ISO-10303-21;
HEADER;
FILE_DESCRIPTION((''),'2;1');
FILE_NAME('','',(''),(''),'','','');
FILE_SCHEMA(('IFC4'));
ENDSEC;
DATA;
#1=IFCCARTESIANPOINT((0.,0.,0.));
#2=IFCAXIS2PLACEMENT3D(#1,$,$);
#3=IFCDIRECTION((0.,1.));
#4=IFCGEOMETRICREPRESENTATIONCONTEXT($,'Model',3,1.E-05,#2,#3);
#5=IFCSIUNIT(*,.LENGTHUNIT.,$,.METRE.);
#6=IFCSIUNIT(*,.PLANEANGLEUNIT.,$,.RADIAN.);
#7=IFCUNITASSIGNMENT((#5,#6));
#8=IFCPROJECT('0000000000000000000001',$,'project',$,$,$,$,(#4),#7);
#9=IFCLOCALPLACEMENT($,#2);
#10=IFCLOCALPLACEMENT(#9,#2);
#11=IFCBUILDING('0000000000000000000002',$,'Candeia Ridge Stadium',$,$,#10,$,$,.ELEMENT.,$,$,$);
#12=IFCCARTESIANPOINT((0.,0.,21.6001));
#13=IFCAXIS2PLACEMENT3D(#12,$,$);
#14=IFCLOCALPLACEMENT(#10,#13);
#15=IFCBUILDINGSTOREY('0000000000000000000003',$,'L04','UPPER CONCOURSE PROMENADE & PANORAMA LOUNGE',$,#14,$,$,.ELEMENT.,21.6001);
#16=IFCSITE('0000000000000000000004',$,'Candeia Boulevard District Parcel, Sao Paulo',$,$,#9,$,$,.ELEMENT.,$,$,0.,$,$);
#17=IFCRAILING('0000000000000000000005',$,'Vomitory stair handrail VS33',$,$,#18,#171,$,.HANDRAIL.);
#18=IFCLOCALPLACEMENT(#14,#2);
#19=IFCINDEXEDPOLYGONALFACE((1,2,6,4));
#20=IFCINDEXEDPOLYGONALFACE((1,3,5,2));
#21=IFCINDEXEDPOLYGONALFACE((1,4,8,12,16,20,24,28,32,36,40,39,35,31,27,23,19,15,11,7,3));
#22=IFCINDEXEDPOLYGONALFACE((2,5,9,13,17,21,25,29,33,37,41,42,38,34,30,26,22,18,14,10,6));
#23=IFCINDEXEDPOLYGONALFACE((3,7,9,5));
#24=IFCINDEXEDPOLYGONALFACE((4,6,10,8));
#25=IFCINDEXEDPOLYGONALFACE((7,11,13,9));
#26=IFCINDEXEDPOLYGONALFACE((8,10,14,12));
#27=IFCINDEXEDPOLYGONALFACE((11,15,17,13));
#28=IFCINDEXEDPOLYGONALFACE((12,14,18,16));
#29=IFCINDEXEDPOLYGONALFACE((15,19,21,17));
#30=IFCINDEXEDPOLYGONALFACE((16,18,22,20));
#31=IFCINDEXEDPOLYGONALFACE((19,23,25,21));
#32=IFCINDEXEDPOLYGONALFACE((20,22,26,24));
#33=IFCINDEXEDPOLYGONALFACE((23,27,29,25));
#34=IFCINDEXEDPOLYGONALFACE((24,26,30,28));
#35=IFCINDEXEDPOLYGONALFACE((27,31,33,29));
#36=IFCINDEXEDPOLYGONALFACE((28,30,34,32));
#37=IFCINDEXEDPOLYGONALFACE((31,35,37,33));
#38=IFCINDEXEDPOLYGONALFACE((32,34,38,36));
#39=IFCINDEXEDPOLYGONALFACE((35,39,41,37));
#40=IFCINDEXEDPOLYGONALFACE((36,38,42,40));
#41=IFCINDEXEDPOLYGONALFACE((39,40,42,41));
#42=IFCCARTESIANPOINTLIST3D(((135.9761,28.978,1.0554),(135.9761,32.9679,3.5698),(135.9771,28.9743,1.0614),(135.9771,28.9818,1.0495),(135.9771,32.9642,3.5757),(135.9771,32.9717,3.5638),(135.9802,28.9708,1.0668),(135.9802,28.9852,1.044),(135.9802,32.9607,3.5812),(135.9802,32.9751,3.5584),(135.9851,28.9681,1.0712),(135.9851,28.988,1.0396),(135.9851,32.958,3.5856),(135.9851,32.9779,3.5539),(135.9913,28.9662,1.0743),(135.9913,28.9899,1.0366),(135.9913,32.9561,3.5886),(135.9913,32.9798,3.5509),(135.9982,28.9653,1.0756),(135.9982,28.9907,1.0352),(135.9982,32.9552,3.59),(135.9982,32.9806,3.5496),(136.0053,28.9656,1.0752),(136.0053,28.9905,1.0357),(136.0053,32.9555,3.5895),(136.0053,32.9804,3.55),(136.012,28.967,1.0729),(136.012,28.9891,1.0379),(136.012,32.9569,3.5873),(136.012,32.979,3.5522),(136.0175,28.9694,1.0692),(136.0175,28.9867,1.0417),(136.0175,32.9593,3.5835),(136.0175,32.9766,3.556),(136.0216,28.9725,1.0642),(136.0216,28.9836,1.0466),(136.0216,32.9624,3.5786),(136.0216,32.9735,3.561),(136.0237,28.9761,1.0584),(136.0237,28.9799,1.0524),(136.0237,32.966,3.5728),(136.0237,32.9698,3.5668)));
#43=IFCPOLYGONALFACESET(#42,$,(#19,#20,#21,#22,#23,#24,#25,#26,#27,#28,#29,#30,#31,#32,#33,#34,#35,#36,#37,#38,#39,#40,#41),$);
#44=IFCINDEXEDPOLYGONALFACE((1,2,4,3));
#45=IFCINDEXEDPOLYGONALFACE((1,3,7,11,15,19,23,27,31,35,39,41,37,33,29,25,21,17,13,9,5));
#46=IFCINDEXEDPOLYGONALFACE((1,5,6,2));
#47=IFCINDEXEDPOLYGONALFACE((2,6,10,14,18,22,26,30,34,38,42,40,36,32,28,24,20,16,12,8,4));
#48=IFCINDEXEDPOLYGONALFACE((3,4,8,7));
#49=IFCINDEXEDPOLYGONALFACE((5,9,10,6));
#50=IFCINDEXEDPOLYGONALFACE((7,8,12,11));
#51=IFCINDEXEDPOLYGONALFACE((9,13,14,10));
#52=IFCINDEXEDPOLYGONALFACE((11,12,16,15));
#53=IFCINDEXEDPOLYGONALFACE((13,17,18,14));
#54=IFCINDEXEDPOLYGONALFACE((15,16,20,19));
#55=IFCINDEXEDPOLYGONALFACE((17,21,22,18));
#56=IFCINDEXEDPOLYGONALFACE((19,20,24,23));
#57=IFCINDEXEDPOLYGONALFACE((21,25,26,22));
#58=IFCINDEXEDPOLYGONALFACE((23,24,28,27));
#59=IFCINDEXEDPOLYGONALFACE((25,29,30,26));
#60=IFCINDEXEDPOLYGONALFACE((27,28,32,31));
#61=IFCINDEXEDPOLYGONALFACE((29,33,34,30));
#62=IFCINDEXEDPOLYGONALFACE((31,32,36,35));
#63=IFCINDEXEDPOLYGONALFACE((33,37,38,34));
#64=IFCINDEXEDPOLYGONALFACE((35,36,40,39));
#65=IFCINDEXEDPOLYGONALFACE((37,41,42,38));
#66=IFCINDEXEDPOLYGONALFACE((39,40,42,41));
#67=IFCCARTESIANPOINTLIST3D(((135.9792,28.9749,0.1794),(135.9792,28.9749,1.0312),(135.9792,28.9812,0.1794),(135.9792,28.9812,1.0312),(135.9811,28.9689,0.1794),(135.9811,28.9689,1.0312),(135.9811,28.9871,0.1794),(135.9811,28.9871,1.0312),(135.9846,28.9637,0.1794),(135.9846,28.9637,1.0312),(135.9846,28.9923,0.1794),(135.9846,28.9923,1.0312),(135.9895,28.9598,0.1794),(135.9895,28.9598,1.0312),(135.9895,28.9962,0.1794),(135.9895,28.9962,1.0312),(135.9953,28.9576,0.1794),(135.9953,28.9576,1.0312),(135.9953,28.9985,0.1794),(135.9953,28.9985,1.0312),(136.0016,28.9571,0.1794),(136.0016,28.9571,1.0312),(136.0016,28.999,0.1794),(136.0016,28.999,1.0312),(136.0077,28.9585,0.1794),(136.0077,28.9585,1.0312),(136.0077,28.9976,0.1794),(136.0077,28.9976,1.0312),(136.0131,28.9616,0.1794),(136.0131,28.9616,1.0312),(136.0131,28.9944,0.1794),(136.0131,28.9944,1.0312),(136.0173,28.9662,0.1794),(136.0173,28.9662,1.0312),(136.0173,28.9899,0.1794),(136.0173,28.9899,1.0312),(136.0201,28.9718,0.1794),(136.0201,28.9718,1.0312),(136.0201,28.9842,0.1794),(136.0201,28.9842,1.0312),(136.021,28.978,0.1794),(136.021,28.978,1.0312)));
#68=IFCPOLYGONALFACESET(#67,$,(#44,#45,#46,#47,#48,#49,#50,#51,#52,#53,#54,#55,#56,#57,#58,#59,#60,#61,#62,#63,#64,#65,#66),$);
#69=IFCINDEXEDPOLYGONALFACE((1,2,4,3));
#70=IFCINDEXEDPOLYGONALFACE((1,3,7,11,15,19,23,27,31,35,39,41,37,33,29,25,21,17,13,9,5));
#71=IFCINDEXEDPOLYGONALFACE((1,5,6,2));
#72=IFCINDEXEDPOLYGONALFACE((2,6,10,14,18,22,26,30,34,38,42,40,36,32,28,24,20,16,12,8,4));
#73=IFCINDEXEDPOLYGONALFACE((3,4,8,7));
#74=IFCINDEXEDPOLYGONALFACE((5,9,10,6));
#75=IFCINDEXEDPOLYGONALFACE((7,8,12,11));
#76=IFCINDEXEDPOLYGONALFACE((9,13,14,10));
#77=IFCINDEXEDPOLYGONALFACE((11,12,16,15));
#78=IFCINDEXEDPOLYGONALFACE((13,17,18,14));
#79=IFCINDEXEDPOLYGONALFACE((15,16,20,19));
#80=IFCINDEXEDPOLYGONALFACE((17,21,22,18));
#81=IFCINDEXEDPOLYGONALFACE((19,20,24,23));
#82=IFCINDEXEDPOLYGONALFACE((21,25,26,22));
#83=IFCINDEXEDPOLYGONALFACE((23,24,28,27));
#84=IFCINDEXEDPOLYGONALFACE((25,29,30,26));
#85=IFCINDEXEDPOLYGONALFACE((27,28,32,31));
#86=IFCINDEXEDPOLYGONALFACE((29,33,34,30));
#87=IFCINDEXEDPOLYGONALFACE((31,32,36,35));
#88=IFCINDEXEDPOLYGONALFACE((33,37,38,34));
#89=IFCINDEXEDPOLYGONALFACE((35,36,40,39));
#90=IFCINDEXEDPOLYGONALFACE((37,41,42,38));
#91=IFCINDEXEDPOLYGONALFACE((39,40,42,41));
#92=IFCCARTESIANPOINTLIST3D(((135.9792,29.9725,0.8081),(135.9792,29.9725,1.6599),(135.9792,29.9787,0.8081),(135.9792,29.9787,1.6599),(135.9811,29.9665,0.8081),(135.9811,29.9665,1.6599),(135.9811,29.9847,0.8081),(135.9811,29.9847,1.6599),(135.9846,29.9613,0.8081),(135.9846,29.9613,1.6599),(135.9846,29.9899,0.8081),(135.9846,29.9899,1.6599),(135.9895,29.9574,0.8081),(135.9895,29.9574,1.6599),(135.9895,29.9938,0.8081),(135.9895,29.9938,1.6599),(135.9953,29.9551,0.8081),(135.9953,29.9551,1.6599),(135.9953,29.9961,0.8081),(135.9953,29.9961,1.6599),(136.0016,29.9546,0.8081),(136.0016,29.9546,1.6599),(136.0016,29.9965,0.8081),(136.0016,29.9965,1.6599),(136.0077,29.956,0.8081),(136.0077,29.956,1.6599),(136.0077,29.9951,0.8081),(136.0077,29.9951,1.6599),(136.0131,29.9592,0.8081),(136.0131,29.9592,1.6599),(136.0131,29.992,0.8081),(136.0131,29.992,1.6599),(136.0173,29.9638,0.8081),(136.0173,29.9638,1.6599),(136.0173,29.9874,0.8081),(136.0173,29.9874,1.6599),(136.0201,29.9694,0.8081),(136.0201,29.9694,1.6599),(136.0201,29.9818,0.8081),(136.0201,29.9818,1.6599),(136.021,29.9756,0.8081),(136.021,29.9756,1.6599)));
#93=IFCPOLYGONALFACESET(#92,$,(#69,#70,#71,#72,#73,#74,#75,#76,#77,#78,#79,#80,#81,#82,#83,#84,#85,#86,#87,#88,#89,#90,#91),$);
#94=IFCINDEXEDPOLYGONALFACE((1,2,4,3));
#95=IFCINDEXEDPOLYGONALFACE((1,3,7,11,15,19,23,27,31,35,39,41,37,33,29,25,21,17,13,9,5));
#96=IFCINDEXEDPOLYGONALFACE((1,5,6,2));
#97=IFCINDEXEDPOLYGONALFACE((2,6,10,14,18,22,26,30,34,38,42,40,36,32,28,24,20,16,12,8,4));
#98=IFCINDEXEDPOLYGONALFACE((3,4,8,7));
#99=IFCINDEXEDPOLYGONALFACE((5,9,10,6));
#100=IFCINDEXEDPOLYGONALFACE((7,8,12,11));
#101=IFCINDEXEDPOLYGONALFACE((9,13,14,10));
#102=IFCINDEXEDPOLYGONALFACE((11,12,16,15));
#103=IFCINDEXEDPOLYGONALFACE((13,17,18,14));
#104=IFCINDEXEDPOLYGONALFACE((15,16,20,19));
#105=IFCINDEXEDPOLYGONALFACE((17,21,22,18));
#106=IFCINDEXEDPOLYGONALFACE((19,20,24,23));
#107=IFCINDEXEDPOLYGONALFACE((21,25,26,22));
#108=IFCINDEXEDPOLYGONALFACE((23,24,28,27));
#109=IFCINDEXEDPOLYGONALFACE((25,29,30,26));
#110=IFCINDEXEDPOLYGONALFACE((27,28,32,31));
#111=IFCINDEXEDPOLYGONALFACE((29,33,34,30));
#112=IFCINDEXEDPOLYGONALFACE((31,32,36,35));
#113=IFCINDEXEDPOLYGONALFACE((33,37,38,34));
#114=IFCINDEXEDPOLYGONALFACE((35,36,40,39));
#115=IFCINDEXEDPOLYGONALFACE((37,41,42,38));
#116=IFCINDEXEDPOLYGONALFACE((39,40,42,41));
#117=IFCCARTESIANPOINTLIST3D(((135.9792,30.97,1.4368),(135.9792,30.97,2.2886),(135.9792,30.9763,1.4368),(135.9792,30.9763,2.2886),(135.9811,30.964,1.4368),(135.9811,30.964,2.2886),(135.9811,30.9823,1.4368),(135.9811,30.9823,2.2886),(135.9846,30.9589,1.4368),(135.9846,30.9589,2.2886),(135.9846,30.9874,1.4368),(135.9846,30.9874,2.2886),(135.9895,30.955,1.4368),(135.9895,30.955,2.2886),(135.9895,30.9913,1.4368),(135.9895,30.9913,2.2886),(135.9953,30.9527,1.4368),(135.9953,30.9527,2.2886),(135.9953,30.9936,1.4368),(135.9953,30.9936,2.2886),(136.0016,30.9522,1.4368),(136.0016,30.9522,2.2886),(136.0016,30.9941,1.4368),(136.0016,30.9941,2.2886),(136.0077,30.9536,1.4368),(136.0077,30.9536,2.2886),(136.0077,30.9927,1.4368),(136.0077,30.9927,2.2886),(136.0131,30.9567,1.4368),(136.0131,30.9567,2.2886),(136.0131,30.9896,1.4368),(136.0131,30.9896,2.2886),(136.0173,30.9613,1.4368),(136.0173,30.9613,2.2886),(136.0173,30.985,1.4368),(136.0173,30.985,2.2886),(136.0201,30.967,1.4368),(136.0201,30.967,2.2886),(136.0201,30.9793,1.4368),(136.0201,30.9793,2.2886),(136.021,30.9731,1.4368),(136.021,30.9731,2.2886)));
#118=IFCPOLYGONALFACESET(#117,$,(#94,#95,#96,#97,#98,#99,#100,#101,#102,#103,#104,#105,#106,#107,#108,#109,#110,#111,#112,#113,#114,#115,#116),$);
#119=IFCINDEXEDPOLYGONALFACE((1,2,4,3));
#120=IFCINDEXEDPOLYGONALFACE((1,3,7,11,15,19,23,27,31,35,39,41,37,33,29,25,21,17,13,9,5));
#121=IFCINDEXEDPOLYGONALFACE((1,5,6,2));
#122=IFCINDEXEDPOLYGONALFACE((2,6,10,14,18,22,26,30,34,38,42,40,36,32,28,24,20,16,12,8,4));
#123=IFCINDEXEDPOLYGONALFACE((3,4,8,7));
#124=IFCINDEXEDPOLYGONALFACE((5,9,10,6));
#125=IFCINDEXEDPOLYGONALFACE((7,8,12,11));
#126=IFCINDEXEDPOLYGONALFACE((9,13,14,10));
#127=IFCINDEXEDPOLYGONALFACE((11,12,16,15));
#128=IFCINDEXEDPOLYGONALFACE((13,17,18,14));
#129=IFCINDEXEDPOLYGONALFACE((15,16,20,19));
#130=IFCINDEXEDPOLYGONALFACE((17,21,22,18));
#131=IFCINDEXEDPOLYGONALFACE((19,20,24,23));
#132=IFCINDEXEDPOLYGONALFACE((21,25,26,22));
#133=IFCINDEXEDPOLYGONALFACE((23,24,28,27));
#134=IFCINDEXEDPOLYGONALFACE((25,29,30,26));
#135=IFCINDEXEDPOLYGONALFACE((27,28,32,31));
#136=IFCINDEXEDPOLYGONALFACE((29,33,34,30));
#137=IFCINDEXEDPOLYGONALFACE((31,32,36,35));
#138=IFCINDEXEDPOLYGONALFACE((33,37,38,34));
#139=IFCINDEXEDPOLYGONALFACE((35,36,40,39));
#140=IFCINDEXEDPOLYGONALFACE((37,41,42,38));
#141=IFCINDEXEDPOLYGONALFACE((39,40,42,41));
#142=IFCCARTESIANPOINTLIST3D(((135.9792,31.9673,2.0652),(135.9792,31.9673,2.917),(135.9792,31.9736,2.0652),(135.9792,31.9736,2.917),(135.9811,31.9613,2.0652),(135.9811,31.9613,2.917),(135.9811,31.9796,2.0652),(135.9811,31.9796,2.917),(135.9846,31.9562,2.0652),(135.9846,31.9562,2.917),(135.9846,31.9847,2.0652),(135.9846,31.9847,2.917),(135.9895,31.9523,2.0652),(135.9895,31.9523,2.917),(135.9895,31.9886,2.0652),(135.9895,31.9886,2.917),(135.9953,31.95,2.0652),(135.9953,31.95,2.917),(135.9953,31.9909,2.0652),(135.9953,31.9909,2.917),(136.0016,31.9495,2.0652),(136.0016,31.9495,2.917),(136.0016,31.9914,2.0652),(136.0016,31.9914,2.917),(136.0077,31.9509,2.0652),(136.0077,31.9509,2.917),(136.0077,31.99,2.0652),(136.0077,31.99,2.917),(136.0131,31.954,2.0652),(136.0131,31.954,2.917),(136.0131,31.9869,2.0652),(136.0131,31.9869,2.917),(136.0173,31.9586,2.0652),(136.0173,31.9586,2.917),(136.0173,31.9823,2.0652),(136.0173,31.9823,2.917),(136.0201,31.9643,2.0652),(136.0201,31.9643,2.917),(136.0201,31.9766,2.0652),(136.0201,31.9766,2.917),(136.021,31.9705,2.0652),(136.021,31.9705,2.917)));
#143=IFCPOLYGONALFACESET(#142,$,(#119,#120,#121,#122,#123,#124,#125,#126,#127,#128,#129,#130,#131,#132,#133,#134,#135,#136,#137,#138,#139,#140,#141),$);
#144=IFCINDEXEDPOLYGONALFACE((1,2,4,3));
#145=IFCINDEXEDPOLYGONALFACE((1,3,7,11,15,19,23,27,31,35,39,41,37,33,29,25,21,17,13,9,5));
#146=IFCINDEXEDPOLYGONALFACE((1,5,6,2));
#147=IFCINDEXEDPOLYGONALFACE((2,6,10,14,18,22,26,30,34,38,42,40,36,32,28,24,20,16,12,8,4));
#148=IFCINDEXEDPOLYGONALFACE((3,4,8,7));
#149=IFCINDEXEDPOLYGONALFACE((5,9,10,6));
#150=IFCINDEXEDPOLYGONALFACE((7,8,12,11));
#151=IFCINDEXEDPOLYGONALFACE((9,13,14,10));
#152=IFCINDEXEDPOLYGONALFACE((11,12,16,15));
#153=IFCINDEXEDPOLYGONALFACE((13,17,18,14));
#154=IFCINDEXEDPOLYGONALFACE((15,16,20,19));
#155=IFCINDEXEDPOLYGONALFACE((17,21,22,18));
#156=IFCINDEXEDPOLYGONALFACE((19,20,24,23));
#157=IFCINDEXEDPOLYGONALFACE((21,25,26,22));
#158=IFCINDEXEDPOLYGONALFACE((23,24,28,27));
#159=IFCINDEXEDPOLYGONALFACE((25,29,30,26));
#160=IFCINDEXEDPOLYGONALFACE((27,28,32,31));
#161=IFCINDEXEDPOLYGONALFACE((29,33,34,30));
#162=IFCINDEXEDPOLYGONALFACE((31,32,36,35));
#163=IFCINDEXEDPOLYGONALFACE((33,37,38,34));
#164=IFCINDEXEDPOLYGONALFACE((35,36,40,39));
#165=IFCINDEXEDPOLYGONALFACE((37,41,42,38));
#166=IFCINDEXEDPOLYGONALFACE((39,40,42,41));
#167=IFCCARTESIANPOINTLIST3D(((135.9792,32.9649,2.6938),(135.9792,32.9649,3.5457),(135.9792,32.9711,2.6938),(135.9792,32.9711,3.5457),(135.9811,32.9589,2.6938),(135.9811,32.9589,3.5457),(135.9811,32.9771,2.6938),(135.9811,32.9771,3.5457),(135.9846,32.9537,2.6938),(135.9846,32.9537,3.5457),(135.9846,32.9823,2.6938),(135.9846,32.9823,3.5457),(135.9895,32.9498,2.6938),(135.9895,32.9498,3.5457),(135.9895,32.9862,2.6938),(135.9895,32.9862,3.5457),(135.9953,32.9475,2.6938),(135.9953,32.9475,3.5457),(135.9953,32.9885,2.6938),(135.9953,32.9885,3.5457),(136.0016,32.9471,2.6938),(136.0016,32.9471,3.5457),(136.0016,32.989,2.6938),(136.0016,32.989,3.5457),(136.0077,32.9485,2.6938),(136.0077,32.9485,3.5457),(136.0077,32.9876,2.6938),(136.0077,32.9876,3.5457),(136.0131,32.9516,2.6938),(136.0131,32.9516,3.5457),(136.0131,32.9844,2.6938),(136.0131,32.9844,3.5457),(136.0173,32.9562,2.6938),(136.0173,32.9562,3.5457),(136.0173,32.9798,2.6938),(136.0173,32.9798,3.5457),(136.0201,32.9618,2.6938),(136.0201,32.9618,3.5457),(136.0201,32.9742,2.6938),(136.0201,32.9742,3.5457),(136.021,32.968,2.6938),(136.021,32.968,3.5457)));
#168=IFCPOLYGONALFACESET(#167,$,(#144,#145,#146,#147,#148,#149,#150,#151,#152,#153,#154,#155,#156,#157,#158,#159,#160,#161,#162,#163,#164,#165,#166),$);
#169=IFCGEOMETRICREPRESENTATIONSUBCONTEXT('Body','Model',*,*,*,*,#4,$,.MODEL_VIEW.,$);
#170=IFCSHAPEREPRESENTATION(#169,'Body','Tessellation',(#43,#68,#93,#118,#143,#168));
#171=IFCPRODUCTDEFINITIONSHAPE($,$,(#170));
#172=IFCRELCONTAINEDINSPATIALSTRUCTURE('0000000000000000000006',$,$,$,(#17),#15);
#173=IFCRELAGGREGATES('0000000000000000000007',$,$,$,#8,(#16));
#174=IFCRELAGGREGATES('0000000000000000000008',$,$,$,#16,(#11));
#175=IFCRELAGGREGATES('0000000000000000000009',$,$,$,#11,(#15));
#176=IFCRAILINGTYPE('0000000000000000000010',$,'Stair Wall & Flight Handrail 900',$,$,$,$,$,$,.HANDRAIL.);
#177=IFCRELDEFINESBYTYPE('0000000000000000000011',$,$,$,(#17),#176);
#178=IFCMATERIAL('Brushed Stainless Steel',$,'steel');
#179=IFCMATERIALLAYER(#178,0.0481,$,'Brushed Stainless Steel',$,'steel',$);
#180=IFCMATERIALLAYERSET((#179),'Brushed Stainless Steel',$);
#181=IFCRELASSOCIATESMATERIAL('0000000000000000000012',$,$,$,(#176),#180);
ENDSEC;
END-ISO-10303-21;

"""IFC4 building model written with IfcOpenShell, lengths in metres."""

from ifc_helpers import new_model, si_unit, direction, frame, origin, origin_2d, place, context, subcontext, project, spatial, circle, extrude, material, layer, layer_set, type_object, element, save


model = new_model("IFC4")

# Units and contexts
model_context = context("Model", 3, precision=1e-05, world=origin(), true_north=direction((0.0, 1.0)))
body_context = subcontext(model_context, "Body", "Model", "MODEL_VIEW")
ifc_project = project(units=[si_unit("LENGTHUNIT", "METRE"), si_unit("PLANEANGLEUNIT", "RADIAN")], contexts=[model_context])

# Site, building, storey
site_placement = place(None, origin())
site = spatial("IfcSite", under=ifc_project, at=site_placement, Name="Candeia Boulevard District Parcel, Sao Paulo", CompositionType="ELEMENT", RefElevation=0.0)
building_placement = place(site_placement, origin())
building = spatial("IfcBuilding", under=site, at=building_placement, Name="Candeia Ridge Stadium", CompositionType="ELEMENT")
storey_placement = place(building_placement, frame((0.0, 0.0, 21.6001)))
storey = spatial("IfcBuildingStorey", under=building, at=storey_placement, Name="L04", Description="UPPER CONCOURSE PROMENADE & PANORAMA LOUNGE", CompositionType="ELEMENT", Elevation=21.6001)

# Railing
ifc_material_1 = material(Name="Brushed Stainless Steel", Category="steel")
ifc_layer_1 = layer(ifc_material_1, 0.0481, Name="Brushed Stainless Steel", Category="steel")
ifc_layer_set_1 = layer_set([ifc_layer_1], Name="Brushed Stainless Steel")
railing_type_1 = type_object("IfcRailingType", Name="Stair Wall & Flight Handrail 900", PredefinedType="HANDRAIL", material=ifc_layer_set_1)
railing_1_placement = place(storey_placement, frame((136.0, 28.978, 0.1794)))
element("IfcRailing", 1, at=railing_1_placement, inside=storey, type_object=railing_type_1, Name="Vomitory stair handrail VS33", PredefinedType="HANDRAIL", context=body_context, shape_type="SweptSolid", body=[
    extrude(circle(Radius=0.0239, at=origin_2d()), frame((0.0, 0.0, 0.876), z_axis=(0.0, 0.846024, 0.533145), x_axis=(-1.0, 0.0, 0.0)), (0.0, 0.0, 1.0), 4.7161),
    extrude(circle(Radius=0.021, at=origin_2d()), origin(), (0.0, 0.0, 1.0), 0.8518),
    extrude(circle(Radius=0.021, at=origin_2d()), frame((0.0, 0.9976, 0.6287)), (0.0, 0.0, 1.0), 0.8518),
    extrude(circle(Radius=0.021, at=origin_2d()), frame((0.0, 1.9951, 1.2573)), (0.0, 0.0, 1.0), 0.8518),
    extrude(circle(Radius=0.021, at=origin_2d()), frame((0.0, 2.9924, 1.8857)), (0.0, 0.0, 1.0), 0.8518),
    extrude(circle(Radius=0.021, at=origin_2d()), frame((0.0, 3.99, 2.5144)), (0.0, 0.0, 1.0), 0.8518),
])

save(model, "model.ifc")
